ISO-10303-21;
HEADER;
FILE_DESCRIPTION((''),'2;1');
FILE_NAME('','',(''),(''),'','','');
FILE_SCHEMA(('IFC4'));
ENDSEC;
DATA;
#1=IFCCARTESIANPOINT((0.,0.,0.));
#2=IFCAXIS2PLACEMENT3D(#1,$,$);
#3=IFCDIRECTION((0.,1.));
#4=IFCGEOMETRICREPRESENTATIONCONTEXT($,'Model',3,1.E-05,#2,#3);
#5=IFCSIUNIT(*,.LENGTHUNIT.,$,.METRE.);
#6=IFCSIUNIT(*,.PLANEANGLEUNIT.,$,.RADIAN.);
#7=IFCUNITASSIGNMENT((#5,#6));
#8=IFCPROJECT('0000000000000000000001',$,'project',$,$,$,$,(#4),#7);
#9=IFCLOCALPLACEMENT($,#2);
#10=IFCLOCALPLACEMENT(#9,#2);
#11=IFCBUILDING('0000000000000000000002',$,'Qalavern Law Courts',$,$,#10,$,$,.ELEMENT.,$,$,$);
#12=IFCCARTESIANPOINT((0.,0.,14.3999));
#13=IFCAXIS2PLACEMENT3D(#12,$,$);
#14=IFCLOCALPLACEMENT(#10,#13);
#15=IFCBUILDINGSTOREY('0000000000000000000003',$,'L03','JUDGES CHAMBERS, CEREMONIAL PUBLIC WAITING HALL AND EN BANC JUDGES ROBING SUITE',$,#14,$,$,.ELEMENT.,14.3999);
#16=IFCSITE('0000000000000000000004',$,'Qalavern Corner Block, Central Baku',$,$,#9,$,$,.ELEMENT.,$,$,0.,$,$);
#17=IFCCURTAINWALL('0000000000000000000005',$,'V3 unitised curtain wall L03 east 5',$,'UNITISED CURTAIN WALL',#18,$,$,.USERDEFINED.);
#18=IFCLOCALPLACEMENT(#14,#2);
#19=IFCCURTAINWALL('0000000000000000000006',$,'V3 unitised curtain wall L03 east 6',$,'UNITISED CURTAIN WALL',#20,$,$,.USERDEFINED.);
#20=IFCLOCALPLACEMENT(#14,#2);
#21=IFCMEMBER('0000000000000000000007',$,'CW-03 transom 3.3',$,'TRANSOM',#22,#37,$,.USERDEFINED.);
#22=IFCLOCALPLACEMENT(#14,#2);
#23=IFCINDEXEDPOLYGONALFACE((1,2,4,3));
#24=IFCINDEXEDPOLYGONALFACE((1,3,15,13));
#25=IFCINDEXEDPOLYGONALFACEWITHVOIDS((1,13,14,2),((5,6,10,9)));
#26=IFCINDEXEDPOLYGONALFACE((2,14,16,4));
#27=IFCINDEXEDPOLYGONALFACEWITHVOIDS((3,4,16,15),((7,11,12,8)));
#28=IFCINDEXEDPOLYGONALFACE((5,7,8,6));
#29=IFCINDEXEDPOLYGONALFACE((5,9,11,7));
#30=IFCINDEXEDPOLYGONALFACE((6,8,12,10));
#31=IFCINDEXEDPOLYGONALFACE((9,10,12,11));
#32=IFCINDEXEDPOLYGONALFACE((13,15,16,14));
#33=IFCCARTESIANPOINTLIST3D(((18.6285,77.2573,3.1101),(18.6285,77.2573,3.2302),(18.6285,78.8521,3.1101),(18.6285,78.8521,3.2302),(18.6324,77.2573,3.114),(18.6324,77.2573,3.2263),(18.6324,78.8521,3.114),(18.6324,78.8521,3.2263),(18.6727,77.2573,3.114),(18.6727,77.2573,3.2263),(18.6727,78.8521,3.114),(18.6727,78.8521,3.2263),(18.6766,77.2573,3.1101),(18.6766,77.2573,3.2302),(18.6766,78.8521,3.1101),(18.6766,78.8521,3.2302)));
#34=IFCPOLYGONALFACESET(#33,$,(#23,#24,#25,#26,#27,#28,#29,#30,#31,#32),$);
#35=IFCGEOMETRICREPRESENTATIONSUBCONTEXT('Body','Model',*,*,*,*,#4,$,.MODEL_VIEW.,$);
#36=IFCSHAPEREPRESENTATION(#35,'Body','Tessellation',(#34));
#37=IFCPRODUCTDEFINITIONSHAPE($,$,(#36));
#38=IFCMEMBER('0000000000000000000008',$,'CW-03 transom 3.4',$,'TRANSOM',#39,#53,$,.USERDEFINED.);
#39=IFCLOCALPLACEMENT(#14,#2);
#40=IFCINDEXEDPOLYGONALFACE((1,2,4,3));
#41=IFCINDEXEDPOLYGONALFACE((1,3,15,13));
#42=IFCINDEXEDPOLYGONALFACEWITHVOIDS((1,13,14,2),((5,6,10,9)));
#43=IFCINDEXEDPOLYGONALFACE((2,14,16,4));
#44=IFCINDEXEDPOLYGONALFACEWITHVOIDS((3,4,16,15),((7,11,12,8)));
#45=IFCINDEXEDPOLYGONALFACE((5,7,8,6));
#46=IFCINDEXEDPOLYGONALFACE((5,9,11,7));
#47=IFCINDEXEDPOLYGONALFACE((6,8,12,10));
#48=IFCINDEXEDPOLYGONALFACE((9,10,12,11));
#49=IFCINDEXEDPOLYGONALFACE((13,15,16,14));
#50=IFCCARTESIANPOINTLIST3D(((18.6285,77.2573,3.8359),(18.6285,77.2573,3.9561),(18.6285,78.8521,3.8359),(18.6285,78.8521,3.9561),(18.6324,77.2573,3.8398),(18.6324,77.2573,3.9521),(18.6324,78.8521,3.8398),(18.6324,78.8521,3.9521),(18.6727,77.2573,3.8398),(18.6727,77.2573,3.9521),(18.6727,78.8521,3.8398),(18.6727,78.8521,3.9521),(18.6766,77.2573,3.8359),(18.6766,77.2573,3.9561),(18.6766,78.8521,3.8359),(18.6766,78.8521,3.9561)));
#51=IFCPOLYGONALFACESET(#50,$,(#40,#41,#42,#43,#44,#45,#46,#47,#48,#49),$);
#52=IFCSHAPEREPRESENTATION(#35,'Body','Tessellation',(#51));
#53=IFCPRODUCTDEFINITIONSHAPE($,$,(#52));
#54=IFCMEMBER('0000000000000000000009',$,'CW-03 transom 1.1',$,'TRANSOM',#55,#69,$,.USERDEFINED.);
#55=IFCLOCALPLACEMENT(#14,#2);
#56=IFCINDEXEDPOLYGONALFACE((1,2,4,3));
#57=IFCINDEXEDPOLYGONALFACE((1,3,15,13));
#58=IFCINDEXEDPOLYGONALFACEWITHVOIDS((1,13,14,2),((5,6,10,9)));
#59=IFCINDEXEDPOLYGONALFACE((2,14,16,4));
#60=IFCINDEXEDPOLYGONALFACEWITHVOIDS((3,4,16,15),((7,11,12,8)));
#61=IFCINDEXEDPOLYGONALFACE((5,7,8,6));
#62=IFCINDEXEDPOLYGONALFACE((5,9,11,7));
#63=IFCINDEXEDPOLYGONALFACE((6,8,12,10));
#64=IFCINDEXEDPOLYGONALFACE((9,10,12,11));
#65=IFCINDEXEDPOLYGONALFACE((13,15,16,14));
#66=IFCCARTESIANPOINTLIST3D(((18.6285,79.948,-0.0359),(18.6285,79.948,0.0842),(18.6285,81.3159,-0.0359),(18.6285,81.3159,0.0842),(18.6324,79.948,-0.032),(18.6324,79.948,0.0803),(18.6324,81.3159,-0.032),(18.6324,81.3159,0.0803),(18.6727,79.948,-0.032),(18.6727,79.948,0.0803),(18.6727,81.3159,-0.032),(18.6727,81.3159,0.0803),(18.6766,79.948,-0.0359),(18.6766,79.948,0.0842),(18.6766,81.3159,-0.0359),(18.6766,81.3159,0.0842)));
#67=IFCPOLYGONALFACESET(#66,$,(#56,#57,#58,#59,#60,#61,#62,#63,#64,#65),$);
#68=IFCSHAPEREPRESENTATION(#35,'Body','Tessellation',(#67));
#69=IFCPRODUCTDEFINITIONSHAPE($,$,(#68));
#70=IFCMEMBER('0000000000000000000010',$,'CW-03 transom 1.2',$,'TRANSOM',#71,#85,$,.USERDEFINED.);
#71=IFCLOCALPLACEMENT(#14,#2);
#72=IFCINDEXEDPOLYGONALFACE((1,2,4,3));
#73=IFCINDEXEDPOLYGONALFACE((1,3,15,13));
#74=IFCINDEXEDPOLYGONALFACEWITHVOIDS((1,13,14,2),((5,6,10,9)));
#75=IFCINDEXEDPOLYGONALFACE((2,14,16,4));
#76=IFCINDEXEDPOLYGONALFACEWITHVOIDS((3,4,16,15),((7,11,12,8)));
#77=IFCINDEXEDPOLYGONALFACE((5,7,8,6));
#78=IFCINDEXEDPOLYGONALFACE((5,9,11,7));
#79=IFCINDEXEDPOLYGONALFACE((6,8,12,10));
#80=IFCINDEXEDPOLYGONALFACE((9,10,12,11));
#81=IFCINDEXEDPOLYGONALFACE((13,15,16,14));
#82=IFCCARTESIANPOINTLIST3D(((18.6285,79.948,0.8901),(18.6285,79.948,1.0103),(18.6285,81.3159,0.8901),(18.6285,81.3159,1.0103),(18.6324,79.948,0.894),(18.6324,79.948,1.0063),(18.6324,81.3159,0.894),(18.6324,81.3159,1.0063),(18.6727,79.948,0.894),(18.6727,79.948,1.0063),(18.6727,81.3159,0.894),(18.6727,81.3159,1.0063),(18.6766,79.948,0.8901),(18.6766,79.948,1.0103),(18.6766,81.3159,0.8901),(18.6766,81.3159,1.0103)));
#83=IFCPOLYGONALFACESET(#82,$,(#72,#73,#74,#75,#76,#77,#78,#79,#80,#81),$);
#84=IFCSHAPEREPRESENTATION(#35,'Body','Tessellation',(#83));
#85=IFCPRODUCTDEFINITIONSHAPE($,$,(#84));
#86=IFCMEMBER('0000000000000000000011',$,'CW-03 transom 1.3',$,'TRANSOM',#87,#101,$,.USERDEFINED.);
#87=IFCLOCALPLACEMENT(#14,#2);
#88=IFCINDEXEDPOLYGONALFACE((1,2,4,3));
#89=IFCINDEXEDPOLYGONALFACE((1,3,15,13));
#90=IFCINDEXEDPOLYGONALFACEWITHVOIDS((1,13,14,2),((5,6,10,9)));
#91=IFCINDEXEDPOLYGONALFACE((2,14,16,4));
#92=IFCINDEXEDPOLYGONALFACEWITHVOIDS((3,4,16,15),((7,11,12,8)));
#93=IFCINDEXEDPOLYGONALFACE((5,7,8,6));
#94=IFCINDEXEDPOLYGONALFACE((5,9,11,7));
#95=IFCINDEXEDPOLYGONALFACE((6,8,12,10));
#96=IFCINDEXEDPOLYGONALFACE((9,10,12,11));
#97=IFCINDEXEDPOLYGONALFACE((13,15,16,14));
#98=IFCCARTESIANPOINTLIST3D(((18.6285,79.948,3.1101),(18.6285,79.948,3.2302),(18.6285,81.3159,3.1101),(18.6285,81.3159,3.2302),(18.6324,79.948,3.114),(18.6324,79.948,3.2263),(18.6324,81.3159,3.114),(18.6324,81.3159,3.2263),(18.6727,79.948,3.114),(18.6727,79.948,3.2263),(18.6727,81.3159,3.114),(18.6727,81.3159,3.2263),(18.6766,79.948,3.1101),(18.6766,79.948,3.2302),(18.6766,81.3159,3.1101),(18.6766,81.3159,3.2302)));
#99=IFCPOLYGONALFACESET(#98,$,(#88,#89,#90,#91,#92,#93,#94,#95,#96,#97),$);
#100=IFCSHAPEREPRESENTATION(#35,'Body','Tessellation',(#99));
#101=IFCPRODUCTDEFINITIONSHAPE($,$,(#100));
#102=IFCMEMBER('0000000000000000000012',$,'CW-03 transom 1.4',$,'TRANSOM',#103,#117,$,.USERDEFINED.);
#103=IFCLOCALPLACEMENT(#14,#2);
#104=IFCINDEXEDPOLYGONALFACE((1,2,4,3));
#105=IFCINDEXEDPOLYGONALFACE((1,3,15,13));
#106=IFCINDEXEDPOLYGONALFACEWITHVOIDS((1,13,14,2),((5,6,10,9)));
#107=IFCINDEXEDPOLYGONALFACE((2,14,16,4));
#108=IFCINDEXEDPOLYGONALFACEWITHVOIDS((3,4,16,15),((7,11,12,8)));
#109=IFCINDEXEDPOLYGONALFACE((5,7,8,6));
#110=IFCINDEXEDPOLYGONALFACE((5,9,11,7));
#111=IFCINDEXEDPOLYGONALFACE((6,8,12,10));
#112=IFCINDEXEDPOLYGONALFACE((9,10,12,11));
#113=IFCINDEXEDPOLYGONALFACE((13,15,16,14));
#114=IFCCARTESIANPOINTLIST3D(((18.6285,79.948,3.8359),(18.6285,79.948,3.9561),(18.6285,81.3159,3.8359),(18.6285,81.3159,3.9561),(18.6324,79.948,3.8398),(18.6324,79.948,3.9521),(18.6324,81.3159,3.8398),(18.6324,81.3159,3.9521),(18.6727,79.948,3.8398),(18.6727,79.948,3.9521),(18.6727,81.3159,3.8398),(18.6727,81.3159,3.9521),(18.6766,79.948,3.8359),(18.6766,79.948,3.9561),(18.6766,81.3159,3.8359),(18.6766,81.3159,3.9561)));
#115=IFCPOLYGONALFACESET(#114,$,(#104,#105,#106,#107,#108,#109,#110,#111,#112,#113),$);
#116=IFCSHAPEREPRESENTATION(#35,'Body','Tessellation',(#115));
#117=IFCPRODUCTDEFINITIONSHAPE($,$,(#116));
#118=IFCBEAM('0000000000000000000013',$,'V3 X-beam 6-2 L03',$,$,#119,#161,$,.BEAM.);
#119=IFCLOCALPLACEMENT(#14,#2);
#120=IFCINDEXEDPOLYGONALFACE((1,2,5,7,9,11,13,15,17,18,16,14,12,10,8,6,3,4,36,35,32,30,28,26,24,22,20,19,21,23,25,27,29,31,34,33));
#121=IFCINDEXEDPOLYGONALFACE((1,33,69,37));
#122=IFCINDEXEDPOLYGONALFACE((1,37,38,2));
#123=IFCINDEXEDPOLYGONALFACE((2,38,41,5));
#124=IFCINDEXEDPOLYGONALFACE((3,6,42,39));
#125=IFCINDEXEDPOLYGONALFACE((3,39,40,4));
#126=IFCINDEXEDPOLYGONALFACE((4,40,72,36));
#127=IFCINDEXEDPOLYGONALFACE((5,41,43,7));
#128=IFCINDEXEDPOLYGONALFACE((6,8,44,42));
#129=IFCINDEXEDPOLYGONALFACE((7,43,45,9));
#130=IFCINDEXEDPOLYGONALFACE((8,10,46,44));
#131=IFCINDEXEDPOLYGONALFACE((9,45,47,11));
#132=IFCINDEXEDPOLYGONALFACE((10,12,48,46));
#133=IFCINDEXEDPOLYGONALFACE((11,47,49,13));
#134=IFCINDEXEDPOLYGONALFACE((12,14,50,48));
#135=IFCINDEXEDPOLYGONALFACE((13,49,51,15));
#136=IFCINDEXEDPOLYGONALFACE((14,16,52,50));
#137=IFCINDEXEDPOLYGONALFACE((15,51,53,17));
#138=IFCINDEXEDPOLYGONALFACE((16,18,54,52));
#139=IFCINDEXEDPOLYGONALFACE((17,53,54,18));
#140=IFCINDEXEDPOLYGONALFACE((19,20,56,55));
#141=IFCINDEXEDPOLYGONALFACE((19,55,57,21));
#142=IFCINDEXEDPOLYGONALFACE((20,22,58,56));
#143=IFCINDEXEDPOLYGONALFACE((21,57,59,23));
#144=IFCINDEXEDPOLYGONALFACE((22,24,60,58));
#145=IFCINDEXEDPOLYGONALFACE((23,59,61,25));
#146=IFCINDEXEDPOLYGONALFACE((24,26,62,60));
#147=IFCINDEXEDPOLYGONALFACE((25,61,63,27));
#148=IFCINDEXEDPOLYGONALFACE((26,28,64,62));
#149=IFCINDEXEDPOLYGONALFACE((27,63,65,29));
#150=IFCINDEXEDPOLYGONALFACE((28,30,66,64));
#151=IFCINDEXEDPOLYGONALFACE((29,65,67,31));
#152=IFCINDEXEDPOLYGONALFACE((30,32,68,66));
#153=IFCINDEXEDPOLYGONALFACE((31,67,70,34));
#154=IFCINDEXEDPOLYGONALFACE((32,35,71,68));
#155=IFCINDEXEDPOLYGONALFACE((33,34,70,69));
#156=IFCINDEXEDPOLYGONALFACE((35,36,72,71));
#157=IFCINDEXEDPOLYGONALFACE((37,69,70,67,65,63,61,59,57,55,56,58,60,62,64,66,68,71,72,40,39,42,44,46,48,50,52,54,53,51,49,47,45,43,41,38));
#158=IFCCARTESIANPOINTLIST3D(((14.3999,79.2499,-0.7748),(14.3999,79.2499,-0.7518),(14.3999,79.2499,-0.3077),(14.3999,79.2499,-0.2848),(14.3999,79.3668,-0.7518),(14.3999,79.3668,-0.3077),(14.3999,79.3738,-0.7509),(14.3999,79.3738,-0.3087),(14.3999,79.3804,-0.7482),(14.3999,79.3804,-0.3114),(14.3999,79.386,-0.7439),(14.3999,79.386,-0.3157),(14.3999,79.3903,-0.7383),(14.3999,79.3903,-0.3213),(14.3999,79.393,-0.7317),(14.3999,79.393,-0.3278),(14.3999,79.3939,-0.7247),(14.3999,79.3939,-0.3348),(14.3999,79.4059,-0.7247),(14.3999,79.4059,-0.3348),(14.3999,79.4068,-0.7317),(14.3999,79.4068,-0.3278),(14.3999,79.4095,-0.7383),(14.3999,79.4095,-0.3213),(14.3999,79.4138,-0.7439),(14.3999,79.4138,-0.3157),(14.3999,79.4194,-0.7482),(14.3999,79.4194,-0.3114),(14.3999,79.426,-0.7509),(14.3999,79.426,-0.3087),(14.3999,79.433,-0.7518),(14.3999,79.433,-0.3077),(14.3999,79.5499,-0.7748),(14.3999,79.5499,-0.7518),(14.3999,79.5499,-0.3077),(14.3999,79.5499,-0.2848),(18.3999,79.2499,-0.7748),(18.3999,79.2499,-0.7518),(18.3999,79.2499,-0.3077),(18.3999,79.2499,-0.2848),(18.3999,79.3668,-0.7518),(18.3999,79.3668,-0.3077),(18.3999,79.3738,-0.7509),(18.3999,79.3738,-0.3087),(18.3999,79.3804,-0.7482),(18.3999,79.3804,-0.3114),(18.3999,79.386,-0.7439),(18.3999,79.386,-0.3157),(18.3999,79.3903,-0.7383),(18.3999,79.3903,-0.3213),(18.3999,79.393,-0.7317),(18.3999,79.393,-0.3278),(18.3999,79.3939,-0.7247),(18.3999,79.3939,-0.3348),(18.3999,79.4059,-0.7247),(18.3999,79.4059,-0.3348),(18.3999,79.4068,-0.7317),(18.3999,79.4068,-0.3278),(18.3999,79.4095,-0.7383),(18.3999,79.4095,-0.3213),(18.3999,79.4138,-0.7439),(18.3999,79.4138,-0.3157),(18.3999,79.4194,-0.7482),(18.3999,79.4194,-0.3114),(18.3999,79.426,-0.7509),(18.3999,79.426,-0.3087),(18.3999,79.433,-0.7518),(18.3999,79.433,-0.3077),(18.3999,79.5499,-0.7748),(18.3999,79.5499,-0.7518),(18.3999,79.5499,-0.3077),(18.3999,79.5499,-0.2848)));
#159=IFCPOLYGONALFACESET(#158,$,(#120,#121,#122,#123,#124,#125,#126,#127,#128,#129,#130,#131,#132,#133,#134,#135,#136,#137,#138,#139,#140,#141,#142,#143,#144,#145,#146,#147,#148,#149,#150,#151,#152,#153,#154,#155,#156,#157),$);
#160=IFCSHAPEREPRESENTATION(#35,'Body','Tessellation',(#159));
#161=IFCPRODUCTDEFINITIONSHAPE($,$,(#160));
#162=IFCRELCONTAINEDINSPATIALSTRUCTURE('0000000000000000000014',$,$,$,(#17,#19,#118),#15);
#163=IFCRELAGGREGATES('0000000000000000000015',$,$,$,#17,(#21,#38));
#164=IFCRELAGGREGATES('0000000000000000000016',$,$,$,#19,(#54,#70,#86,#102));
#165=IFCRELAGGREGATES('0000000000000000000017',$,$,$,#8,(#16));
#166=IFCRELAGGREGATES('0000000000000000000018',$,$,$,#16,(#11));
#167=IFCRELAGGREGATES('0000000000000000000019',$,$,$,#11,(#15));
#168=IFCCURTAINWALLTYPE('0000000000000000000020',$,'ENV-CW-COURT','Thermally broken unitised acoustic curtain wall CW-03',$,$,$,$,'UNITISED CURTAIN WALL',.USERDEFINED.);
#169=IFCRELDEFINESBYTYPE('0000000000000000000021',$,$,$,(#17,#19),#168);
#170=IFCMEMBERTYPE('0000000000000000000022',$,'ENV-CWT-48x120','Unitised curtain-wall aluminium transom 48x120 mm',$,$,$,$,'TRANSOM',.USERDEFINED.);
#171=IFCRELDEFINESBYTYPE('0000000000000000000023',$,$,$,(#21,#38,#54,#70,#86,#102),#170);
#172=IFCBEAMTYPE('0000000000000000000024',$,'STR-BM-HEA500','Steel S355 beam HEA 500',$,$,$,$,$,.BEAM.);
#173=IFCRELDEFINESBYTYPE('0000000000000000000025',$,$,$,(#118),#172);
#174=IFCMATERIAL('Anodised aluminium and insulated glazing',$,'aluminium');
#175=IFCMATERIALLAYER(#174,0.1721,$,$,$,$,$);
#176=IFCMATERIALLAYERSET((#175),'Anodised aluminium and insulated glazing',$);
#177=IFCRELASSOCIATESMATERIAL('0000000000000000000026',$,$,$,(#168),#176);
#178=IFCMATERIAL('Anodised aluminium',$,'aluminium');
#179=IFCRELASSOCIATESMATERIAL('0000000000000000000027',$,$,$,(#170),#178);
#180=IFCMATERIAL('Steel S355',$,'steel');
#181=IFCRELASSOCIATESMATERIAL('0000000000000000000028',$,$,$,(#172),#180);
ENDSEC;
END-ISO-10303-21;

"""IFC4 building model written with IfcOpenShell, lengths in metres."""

from ifc_helpers import new_model, si_unit, direction, frame, origin, origin_2d, place, context, subcontext, project, spatial, hollow_rectangle, i_section, extrude, material, layer, layer_set, material_profile, profile_set, type_object, element, aggregate, save


model = new_model("IFC4")

# Units and contexts
model_context = context("Model", 3, precision=1e-05, world=origin(), true_north=direction((0.0, 1.0)))
body_context = subcontext(model_context, "Body", "Model", "MODEL_VIEW")
ifc_project = project(units=[si_unit("LENGTHUNIT", "METRE"), si_unit("PLANEANGLEUNIT", "RADIAN")], contexts=[model_context])

# Site, building, storey
site_placement = place(None, origin())
site = spatial("IfcSite", under=ifc_project, at=site_placement, Name="Qalavern Corner Block, Central Baku", CompositionType="ELEMENT", RefElevation=0.0)
building_placement = place(site_placement, origin())
building = spatial("IfcBuilding", under=site, at=building_placement, Name="Qalavern Law Courts", CompositionType="ELEMENT")
storey_placement = place(building_placement, frame((0.0, 0.0, 14.3999)))
storey = spatial("IfcBuildingStorey", under=building, at=storey_placement, Name="L03", Description="JUDGES CHAMBERS, CEREMONIAL PUBLIC WAITING HALL AND EN BANC JUDGES ROBING SUITE", CompositionType="ELEMENT", Elevation=14.3999)

# Curtain wall
ifc_material_1 = material(Name="Anodised aluminium and insulated glazing", Category="aluminium")
ifc_layer_1 = layer(ifc_material_1, 0.1721)
ifc_layer_set_1 = layer_set([ifc_layer_1], Name="Anodised aluminium and insulated glazing")
curtain_wall_type = type_object("IfcCurtainWallType", Name="ENV-CW-COURT", Description="Thermally broken unitised acoustic curtain wall CW-03", ElementType="UNITISED CURTAIN WALL", PredefinedType="USERDEFINED", material=ifc_layer_set_1)
curtain_wall_1_placement = place(storey_placement, origin())
curtain_wall_1 = element("IfcCurtainWall", 1, at=curtain_wall_1_placement, inside=storey, type_object=curtain_wall_type, Name="V3 unitised curtain wall L03 east 5", ObjectType="UNITISED CURTAIN WALL", PredefinedType="USERDEFINED")
ifc_material_2 = material(Name="Anodised aluminium", Category="aluminium")

# Curtain wall
curtain_wall_2_placement = place(storey_placement, origin())
curtain_wall_2 = element("IfcCurtainWall", 2, at=curtain_wall_2_placement, inside=storey, type_object=curtain_wall_type, Name="V3 unitised curtain wall L03 east 6", ObjectType="UNITISED CURTAIN WALL", PredefinedType="USERDEFINED")

# Members
ifc_material_profile_1 = material_profile(ifc_material_2, hollow_rectangle(XDim=0.0481, YDim=0.1201, WallThickness=0.0039, at=origin_2d()), Name="ALU TRANSOM 48x120")
ifc_profile_set_1 = profile_set([ifc_material_profile_1], Name="Anodised aluminium")
member_type_1 = type_object("IfcMemberType", Name="ENV-CWT-48x120", Description="Unitised curtain-wall aluminium transom 48x120 mm", ElementType="TRANSOM", PredefinedType="USERDEFINED", material=ifc_profile_set_1)
member_1_placement = place(storey_placement, frame((18.6526, 77.2573, 3.1702), z_axis=(0.0, 1.0, 0.0), x_axis=(-1.0, 0.0, 0.0)))
member_1 = element("IfcMember", 3, at=member_1_placement, type_object=member_type_1, Name="CW-03 transom 3.3", ObjectType="TRANSOM", PredefinedType="USERDEFINED", context=body_context, shape_type="SweptSolid", body=[
    extrude(hollow_rectangle(XDim=0.0481, YDim=0.1201, WallThickness=0.0039, at=origin_2d()), origin(), (0.0, 0.0, 1.0), 1.5947),
])
member_2_placement = place(storey_placement, frame((18.6526, 77.2573, 3.896), z_axis=(0.0, 1.0, 0.0), x_axis=(-1.0, 0.0, 0.0)))
member_2 = element("IfcMember", 4, at=member_2_placement, type_object=member_type_1, Name="CW-03 transom 3.4", ObjectType="TRANSOM", PredefinedType="USERDEFINED", context=body_context, shape_type="SweptSolid", body=[
    extrude(hollow_rectangle(XDim=0.0481, YDim=0.1201, WallThickness=0.0039, at=origin_2d()), origin(), (0.0, 0.0, 1.0), 1.5947),
])
member_3_placement = place(storey_placement, frame((18.6526, 79.948, 0.0242), z_axis=(0.0, 1.0, 0.0), x_axis=(-1.0, 0.0, 0.0)))
member_3 = element("IfcMember", 5, at=member_3_placement, type_object=member_type_1, Name="CW-03 transom 1.1", ObjectType="TRANSOM", PredefinedType="USERDEFINED", context=body_context, shape_type="SweptSolid", body=[
    extrude(hollow_rectangle(XDim=0.0481, YDim=0.1201, WallThickness=0.0039, at=origin_2d()), origin(), (0.0, 0.0, 1.0), 1.3679),
])
member_4_placement = place(storey_placement, frame((18.6526, 79.948, 0.9502), z_axis=(0.0, 1.0, 0.0), x_axis=(-1.0, 0.0, 0.0)))
member_4 = element("IfcMember", 6, at=member_4_placement, type_object=member_type_1, Name="CW-03 transom 1.2", ObjectType="TRANSOM", PredefinedType="USERDEFINED", context=body_context, shape_type="SweptSolid", body=[
    extrude(hollow_rectangle(XDim=0.0481, YDim=0.1201, WallThickness=0.0039, at=origin_2d()), origin(), (0.0, 0.0, 1.0), 1.3679),
])
member_5_placement = place(storey_placement, frame((18.6526, 79.948, 3.1702), z_axis=(0.0, 1.0, 0.0), x_axis=(-1.0, 0.0, 0.0)))
member_5 = element("IfcMember", 7, at=member_5_placement, type_object=member_type_1, Name="CW-03 transom 1.3", ObjectType="TRANSOM", PredefinedType="USERDEFINED", context=body_context, shape_type="SweptSolid", body=[
    extrude(hollow_rectangle(XDim=0.0481, YDim=0.1201, WallThickness=0.0039, at=origin_2d()), origin(), (0.0, 0.0, 1.0), 1.3679),
])
member_6_placement = place(storey_placement, frame((18.6526, 79.948, 3.896), z_axis=(0.0, 1.0, 0.0), x_axis=(-1.0, 0.0, 0.0)))
member_6 = element("IfcMember", 8, at=member_6_placement, type_object=member_type_1, Name="CW-03 transom 1.4", ObjectType="TRANSOM", PredefinedType="USERDEFINED", context=body_context, shape_type="SweptSolid", body=[
    extrude(hollow_rectangle(XDim=0.0481, YDim=0.1201, WallThickness=0.0039, at=origin_2d()), origin(), (0.0, 0.0, 1.0), 1.3679),
])

# Beam
ifc_material_3 = material(Name="Steel S355", Category="steel")
ifc_material_profile_2 = material_profile(ifc_material_3, i_section(OverallWidth=0.3, OverallDepth=0.49, WebThickness=0.012, FlangeThickness=0.0229, FilletRadius=0.0271, at=origin_2d()), Name="HEA 500")
ifc_profile_set_2 = profile_set([ifc_material_profile_2], Name="Steel S355")
beam_type_1 = type_object("IfcBeamType", Name="STR-BM-HEA500", Description="Steel S355 beam HEA 500", PredefinedType="BEAM", material=ifc_profile_set_2)
beam_1_placement = place(storey_placement, frame((14.3999, 79.3999, -0.5298), z_axis=(1.0, 0.0, 0.0), x_axis=(0.0, 1.0, 0.0)))
element("IfcBeam", 9, at=beam_1_placement, inside=storey, type_object=beam_type_1, Name="V3 X-beam 6-2 L03", PredefinedType="BEAM", context=body_context, shape_type="SweptSolid", body=[
    extrude(i_section(OverallWidth=0.3, OverallDepth=0.49, WebThickness=0.012, FlangeThickness=0.0229, FilletRadius=0.0271, at=origin_2d()), origin(), (0.0, 0.0, 1.0), 4.0),
])

aggregate(curtain_wall_1, [member_1, member_2])
aggregate(curtain_wall_2, [member_3, member_4, member_5, member_6])

save(model, "model.ifc")
